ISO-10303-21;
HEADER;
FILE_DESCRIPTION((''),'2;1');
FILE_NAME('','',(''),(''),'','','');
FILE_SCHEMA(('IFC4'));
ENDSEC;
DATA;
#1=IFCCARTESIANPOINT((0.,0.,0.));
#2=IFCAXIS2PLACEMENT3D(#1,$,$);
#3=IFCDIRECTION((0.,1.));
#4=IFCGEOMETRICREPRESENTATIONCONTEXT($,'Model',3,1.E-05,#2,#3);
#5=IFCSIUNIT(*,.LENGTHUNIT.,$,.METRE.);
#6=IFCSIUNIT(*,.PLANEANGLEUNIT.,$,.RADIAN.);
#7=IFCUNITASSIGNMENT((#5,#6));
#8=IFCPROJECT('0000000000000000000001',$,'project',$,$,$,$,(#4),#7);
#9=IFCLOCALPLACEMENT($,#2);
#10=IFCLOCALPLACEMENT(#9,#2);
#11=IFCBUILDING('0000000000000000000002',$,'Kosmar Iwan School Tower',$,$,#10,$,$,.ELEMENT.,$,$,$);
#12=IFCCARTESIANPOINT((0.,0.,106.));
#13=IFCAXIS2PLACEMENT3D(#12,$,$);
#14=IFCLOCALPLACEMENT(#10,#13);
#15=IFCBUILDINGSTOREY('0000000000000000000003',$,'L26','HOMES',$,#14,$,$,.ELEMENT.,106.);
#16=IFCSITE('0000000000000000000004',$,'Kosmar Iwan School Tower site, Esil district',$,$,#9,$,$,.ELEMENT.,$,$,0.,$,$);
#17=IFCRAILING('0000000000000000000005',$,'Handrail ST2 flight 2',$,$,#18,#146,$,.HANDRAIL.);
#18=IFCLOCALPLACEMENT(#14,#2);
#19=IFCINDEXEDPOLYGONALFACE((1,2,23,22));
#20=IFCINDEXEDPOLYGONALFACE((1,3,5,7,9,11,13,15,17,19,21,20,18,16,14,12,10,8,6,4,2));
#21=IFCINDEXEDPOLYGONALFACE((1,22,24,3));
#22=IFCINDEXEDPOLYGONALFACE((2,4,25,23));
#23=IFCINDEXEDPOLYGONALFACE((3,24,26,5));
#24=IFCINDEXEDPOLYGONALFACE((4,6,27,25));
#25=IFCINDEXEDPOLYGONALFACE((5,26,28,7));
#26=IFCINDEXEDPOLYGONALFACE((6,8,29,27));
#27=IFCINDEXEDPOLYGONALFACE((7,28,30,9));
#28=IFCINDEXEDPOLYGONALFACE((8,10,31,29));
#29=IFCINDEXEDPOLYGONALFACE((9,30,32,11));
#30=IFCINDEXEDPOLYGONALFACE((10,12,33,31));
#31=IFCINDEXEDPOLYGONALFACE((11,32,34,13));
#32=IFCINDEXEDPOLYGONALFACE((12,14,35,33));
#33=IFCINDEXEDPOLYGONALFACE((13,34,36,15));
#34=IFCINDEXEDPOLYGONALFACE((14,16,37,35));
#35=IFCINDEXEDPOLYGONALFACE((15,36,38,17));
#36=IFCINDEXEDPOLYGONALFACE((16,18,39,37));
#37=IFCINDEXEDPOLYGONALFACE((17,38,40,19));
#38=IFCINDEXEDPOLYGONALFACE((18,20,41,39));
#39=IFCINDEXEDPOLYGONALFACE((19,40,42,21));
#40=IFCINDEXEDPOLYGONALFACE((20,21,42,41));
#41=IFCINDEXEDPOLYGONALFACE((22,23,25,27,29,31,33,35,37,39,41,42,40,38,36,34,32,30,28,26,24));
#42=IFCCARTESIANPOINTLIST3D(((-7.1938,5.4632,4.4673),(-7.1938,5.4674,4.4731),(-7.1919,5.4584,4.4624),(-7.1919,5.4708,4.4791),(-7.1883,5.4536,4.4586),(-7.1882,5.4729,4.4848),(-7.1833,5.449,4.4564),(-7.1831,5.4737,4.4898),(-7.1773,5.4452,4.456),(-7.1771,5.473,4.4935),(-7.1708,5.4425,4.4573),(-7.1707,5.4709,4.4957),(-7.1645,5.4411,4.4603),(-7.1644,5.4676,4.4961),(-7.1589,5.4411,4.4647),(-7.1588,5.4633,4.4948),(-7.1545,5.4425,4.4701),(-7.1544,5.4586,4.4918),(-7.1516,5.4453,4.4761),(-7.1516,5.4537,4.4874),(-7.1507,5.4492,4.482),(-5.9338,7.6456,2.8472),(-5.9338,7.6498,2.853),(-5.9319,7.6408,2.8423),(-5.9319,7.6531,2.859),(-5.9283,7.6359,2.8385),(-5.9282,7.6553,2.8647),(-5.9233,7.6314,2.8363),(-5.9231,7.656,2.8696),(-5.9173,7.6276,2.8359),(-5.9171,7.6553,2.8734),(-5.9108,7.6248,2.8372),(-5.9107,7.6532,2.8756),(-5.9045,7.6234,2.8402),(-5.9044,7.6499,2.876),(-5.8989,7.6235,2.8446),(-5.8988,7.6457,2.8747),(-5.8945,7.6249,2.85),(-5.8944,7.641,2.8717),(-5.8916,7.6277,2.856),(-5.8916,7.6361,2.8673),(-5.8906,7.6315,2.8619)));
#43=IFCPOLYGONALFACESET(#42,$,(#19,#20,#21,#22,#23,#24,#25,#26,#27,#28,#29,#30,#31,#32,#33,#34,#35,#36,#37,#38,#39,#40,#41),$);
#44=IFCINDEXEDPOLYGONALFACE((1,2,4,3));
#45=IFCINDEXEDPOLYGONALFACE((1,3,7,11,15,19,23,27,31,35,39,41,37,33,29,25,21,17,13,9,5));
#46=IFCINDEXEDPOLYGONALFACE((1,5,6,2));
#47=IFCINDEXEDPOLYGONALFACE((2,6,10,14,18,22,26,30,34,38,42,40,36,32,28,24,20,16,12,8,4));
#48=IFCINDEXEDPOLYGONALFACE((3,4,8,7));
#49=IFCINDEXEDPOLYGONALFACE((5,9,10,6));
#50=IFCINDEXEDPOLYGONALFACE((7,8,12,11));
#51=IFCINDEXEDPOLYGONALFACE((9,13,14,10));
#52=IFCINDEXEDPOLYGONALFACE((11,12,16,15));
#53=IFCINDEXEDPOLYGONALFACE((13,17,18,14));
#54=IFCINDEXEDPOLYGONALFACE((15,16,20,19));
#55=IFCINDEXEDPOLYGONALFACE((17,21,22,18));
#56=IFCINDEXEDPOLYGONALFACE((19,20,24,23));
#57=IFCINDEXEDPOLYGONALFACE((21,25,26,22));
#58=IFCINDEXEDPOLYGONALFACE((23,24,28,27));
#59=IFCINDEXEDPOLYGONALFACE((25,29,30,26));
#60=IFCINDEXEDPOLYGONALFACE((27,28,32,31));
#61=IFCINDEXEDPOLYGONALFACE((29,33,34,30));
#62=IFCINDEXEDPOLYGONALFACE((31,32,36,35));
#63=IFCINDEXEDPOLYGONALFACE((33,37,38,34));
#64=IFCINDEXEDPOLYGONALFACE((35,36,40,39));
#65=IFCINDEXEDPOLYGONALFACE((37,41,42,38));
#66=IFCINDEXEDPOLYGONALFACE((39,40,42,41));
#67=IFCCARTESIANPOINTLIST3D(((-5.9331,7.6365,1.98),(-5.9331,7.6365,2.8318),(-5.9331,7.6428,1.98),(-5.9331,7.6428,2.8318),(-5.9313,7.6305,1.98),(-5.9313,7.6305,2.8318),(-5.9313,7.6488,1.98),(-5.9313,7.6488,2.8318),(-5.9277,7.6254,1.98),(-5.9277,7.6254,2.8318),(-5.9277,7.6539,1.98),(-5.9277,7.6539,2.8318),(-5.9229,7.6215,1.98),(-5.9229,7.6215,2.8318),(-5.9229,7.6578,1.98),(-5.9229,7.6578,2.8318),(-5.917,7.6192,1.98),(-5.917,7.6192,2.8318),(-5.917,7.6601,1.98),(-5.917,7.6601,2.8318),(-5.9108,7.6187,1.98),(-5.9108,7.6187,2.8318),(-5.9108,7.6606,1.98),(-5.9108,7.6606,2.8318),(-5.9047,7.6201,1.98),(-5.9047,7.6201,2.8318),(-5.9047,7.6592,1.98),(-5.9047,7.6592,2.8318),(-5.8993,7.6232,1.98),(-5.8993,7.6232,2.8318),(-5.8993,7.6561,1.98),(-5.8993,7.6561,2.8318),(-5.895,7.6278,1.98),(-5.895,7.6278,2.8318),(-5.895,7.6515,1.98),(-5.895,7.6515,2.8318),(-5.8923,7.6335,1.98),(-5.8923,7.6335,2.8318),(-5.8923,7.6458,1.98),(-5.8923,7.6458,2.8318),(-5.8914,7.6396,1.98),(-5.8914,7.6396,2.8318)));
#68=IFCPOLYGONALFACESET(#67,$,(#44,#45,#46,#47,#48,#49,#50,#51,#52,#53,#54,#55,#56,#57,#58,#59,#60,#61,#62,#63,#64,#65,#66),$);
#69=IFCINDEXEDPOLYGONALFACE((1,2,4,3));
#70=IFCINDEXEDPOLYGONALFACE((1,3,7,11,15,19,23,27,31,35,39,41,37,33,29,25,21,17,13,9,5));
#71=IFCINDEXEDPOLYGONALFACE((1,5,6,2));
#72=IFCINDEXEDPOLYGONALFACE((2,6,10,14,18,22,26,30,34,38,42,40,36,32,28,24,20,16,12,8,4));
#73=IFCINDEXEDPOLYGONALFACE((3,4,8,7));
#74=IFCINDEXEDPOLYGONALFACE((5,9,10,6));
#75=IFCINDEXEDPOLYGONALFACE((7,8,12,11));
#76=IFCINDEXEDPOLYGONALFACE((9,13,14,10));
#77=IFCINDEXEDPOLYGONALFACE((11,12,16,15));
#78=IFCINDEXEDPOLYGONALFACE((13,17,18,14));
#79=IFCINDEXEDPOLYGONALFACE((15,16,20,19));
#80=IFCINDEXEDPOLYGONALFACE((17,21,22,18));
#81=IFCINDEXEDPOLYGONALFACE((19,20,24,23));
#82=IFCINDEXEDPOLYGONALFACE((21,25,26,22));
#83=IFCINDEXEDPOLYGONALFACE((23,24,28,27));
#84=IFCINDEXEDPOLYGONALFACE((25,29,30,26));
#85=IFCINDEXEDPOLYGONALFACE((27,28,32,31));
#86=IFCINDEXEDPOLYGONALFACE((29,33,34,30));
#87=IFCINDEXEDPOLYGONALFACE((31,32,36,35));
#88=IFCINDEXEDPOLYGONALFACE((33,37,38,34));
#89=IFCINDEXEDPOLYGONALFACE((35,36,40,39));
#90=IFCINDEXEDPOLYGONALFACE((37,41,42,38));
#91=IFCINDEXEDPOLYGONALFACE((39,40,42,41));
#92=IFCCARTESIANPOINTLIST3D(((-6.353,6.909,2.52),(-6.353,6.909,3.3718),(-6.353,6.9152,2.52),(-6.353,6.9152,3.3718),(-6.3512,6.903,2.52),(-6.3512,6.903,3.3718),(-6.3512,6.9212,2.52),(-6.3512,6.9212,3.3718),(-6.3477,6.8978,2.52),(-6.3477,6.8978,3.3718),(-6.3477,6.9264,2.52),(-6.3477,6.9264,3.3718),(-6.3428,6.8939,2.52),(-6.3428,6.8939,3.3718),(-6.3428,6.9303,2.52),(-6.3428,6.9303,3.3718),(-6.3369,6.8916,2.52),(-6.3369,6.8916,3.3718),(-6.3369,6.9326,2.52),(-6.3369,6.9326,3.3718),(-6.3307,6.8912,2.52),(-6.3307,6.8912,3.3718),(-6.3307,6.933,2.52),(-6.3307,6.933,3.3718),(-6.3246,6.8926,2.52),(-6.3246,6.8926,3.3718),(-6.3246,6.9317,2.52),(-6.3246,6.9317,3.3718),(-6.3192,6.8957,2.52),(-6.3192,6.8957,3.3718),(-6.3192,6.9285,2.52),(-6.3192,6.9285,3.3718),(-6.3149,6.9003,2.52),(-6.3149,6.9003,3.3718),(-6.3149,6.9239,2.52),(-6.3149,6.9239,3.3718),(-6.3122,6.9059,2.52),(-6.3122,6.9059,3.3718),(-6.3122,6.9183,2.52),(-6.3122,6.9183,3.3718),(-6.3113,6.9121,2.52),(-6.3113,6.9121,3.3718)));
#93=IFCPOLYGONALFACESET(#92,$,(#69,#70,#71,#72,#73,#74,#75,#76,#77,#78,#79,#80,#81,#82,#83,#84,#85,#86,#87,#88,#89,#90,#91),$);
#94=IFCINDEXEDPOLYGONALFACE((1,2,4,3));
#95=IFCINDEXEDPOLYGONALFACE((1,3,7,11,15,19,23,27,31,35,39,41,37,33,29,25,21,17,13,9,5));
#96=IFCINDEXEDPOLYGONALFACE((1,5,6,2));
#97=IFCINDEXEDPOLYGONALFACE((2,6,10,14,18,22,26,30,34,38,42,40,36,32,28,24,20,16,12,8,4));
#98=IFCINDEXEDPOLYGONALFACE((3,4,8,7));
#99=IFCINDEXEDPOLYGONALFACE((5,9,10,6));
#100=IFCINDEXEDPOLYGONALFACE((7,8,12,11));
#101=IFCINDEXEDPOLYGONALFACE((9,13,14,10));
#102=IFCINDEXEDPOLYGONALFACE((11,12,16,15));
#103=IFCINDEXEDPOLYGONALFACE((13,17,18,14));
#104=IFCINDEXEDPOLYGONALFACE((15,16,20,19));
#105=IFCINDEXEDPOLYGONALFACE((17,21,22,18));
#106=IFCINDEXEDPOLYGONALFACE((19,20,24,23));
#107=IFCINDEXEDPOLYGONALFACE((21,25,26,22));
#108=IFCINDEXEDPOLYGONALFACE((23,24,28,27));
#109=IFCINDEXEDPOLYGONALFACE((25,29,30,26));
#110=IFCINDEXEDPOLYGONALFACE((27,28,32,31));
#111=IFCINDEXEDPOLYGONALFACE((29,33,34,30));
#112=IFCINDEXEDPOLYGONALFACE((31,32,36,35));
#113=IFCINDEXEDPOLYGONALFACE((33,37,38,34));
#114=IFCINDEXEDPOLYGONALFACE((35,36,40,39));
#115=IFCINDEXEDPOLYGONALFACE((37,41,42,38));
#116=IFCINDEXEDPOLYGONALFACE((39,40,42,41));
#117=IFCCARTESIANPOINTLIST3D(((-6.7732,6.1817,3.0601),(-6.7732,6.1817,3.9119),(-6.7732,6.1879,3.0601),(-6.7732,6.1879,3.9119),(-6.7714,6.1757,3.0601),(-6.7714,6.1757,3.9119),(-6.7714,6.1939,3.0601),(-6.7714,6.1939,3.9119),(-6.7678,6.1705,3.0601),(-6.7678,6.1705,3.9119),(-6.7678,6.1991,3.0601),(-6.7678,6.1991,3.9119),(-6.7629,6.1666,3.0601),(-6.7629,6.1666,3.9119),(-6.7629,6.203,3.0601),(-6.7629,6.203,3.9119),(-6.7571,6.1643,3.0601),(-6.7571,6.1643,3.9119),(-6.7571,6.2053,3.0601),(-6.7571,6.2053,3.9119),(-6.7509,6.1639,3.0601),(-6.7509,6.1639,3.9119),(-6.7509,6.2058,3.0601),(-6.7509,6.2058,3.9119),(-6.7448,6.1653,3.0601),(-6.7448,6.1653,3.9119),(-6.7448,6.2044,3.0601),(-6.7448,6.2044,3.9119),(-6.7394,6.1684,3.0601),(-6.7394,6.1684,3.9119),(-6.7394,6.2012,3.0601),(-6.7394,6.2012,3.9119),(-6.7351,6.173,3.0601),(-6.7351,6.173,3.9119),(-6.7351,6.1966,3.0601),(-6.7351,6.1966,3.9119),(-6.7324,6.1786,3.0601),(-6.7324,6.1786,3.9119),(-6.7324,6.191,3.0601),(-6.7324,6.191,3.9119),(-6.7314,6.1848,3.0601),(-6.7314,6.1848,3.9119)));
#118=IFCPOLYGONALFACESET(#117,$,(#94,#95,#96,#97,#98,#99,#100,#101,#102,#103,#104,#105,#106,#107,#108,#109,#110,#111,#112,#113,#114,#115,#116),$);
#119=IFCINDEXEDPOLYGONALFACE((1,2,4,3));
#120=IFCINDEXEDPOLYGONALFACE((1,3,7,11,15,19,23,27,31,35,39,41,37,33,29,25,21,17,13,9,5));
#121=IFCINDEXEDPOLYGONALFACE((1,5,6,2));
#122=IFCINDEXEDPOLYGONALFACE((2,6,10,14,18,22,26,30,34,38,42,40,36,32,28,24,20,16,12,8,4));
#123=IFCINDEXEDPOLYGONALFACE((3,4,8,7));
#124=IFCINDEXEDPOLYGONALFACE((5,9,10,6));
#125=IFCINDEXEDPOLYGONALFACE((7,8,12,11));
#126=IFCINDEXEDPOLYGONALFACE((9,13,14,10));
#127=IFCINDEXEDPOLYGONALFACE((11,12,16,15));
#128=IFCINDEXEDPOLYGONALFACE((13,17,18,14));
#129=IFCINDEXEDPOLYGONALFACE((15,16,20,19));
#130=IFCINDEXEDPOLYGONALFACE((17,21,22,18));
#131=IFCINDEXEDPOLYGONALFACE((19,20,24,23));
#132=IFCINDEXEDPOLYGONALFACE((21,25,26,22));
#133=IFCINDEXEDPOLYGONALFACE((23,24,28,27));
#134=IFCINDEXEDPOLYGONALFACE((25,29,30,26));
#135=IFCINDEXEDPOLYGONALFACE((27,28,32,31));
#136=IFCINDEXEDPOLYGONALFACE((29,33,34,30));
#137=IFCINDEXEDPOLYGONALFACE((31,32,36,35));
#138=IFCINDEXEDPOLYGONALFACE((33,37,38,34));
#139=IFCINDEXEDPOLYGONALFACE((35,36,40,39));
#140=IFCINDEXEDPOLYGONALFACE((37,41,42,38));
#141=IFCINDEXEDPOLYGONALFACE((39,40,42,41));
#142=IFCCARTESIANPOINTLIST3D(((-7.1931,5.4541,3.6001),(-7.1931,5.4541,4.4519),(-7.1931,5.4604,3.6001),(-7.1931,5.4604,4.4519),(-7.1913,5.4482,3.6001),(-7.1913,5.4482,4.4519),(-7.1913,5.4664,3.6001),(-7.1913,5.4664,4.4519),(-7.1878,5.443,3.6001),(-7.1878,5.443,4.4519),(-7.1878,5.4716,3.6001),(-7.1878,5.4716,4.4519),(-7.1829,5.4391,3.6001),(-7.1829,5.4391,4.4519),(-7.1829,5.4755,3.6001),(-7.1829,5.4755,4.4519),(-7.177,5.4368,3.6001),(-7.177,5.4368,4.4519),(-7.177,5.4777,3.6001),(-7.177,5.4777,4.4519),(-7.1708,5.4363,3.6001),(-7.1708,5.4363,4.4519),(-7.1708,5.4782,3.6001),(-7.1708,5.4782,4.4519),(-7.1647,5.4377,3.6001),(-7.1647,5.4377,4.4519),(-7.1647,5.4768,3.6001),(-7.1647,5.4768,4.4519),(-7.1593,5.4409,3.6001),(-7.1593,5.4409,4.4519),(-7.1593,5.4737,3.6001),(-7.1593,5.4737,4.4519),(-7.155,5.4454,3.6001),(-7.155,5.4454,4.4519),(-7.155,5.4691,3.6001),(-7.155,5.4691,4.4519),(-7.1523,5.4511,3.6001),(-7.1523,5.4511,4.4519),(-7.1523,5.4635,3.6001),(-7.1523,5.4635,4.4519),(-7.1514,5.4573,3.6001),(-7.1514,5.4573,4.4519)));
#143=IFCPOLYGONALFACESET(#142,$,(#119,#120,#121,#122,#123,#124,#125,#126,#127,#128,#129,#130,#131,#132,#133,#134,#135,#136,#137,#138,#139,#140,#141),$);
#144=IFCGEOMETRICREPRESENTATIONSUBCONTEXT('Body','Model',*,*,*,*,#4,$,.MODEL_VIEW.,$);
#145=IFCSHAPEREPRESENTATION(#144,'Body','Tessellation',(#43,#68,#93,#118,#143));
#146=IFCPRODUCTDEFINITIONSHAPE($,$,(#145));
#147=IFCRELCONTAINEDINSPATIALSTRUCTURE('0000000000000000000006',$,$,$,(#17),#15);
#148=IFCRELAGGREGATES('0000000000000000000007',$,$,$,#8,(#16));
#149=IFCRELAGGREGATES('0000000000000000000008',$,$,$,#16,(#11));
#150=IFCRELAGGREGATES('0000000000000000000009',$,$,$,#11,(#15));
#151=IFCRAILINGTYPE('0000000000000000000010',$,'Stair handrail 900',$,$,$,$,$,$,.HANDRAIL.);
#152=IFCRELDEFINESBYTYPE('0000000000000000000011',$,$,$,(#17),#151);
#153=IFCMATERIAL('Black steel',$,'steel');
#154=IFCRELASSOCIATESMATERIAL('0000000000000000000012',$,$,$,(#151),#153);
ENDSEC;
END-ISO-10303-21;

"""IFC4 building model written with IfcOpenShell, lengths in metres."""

from ifc_helpers import new_model, si_unit, direction, frame, origin, origin_2d, place, context, subcontext, project, spatial, circle, extrude, material, type_object, element, save


model = new_model("IFC4")

# Units and contexts
model_context = context("Model", 3, precision=1e-05, world=origin(), true_north=direction((0.0, 1.0)))
body_context = subcontext(model_context, "Body", "Model", "MODEL_VIEW")
ifc_project = project(units=[si_unit("LENGTHUNIT", "METRE"), si_unit("PLANEANGLEUNIT", "RADIAN")], contexts=[model_context])

# Site, building, storey
site_placement = place(None, origin())
site = spatial("IfcSite", under=ifc_project, at=site_placement, Name="Kosmar Iwan School Tower site, Esil district", CompositionType="ELEMENT", RefElevation=0.0)
building_placement = place(site_placement, origin())
building = spatial("IfcBuilding", under=site, at=building_placement, Name="Kosmar Iwan School Tower", CompositionType="ELEMENT")
storey_placement = place(building_placement, frame((0.0, 0.0, 106.0)))
storey = spatial("IfcBuildingStorey", under=building, at=storey_placement, Name="L26", Description="HOMES", CompositionType="ELEMENT", Elevation=106.0)

# Railing
ifc_material_1 = material(Name="Black steel", Category="steel")
railing_type = type_object("IfcRailingType", Name="Stair handrail 900", PredefinedType="HANDRAIL", material=ifc_material_1)
railing_1_placement = place(storey_placement, frame((-5.9124, 7.6396, 1.98)))
element("IfcRailing", 1, at=railing_1_placement, inside=storey, type_object=railing_type, Name="Handrail ST2 flight 2", PredefinedType="HANDRAIL", context=body_context, shape_type="SweptSolid", body=[
    extrude(circle(Radius=0.0239, at=origin_2d()), frame((0.0, 0.0, 0.876), z_axis=(-0.420584, -0.728464, 0.540786), x_axis=(0.866023, -0.500005, 0.0)), (0.0, 0.0, 1.0), 2.9958),
    extrude(circle(Radius=0.021, at=origin_2d()), origin(), (0.0, 0.0, 1.0), 0.8518),
    extrude(circle(Radius=0.021, at=origin_2d()), frame((-0.4199, -0.7275, 0.54)), (0.0, 0.0, 1.0), 0.8518),
    extrude(circle(Radius=0.021, at=origin_2d()), frame((-0.8401, -1.4548, 1.0801)), (0.0, 0.0, 1.0), 0.8518),
    extrude(circle(Radius=0.021, at=origin_2d()), frame((-1.26, -2.1824, 1.6201)), (0.0, 0.0, 1.0), 0.8518),
])

save(model, "model.ifc")
